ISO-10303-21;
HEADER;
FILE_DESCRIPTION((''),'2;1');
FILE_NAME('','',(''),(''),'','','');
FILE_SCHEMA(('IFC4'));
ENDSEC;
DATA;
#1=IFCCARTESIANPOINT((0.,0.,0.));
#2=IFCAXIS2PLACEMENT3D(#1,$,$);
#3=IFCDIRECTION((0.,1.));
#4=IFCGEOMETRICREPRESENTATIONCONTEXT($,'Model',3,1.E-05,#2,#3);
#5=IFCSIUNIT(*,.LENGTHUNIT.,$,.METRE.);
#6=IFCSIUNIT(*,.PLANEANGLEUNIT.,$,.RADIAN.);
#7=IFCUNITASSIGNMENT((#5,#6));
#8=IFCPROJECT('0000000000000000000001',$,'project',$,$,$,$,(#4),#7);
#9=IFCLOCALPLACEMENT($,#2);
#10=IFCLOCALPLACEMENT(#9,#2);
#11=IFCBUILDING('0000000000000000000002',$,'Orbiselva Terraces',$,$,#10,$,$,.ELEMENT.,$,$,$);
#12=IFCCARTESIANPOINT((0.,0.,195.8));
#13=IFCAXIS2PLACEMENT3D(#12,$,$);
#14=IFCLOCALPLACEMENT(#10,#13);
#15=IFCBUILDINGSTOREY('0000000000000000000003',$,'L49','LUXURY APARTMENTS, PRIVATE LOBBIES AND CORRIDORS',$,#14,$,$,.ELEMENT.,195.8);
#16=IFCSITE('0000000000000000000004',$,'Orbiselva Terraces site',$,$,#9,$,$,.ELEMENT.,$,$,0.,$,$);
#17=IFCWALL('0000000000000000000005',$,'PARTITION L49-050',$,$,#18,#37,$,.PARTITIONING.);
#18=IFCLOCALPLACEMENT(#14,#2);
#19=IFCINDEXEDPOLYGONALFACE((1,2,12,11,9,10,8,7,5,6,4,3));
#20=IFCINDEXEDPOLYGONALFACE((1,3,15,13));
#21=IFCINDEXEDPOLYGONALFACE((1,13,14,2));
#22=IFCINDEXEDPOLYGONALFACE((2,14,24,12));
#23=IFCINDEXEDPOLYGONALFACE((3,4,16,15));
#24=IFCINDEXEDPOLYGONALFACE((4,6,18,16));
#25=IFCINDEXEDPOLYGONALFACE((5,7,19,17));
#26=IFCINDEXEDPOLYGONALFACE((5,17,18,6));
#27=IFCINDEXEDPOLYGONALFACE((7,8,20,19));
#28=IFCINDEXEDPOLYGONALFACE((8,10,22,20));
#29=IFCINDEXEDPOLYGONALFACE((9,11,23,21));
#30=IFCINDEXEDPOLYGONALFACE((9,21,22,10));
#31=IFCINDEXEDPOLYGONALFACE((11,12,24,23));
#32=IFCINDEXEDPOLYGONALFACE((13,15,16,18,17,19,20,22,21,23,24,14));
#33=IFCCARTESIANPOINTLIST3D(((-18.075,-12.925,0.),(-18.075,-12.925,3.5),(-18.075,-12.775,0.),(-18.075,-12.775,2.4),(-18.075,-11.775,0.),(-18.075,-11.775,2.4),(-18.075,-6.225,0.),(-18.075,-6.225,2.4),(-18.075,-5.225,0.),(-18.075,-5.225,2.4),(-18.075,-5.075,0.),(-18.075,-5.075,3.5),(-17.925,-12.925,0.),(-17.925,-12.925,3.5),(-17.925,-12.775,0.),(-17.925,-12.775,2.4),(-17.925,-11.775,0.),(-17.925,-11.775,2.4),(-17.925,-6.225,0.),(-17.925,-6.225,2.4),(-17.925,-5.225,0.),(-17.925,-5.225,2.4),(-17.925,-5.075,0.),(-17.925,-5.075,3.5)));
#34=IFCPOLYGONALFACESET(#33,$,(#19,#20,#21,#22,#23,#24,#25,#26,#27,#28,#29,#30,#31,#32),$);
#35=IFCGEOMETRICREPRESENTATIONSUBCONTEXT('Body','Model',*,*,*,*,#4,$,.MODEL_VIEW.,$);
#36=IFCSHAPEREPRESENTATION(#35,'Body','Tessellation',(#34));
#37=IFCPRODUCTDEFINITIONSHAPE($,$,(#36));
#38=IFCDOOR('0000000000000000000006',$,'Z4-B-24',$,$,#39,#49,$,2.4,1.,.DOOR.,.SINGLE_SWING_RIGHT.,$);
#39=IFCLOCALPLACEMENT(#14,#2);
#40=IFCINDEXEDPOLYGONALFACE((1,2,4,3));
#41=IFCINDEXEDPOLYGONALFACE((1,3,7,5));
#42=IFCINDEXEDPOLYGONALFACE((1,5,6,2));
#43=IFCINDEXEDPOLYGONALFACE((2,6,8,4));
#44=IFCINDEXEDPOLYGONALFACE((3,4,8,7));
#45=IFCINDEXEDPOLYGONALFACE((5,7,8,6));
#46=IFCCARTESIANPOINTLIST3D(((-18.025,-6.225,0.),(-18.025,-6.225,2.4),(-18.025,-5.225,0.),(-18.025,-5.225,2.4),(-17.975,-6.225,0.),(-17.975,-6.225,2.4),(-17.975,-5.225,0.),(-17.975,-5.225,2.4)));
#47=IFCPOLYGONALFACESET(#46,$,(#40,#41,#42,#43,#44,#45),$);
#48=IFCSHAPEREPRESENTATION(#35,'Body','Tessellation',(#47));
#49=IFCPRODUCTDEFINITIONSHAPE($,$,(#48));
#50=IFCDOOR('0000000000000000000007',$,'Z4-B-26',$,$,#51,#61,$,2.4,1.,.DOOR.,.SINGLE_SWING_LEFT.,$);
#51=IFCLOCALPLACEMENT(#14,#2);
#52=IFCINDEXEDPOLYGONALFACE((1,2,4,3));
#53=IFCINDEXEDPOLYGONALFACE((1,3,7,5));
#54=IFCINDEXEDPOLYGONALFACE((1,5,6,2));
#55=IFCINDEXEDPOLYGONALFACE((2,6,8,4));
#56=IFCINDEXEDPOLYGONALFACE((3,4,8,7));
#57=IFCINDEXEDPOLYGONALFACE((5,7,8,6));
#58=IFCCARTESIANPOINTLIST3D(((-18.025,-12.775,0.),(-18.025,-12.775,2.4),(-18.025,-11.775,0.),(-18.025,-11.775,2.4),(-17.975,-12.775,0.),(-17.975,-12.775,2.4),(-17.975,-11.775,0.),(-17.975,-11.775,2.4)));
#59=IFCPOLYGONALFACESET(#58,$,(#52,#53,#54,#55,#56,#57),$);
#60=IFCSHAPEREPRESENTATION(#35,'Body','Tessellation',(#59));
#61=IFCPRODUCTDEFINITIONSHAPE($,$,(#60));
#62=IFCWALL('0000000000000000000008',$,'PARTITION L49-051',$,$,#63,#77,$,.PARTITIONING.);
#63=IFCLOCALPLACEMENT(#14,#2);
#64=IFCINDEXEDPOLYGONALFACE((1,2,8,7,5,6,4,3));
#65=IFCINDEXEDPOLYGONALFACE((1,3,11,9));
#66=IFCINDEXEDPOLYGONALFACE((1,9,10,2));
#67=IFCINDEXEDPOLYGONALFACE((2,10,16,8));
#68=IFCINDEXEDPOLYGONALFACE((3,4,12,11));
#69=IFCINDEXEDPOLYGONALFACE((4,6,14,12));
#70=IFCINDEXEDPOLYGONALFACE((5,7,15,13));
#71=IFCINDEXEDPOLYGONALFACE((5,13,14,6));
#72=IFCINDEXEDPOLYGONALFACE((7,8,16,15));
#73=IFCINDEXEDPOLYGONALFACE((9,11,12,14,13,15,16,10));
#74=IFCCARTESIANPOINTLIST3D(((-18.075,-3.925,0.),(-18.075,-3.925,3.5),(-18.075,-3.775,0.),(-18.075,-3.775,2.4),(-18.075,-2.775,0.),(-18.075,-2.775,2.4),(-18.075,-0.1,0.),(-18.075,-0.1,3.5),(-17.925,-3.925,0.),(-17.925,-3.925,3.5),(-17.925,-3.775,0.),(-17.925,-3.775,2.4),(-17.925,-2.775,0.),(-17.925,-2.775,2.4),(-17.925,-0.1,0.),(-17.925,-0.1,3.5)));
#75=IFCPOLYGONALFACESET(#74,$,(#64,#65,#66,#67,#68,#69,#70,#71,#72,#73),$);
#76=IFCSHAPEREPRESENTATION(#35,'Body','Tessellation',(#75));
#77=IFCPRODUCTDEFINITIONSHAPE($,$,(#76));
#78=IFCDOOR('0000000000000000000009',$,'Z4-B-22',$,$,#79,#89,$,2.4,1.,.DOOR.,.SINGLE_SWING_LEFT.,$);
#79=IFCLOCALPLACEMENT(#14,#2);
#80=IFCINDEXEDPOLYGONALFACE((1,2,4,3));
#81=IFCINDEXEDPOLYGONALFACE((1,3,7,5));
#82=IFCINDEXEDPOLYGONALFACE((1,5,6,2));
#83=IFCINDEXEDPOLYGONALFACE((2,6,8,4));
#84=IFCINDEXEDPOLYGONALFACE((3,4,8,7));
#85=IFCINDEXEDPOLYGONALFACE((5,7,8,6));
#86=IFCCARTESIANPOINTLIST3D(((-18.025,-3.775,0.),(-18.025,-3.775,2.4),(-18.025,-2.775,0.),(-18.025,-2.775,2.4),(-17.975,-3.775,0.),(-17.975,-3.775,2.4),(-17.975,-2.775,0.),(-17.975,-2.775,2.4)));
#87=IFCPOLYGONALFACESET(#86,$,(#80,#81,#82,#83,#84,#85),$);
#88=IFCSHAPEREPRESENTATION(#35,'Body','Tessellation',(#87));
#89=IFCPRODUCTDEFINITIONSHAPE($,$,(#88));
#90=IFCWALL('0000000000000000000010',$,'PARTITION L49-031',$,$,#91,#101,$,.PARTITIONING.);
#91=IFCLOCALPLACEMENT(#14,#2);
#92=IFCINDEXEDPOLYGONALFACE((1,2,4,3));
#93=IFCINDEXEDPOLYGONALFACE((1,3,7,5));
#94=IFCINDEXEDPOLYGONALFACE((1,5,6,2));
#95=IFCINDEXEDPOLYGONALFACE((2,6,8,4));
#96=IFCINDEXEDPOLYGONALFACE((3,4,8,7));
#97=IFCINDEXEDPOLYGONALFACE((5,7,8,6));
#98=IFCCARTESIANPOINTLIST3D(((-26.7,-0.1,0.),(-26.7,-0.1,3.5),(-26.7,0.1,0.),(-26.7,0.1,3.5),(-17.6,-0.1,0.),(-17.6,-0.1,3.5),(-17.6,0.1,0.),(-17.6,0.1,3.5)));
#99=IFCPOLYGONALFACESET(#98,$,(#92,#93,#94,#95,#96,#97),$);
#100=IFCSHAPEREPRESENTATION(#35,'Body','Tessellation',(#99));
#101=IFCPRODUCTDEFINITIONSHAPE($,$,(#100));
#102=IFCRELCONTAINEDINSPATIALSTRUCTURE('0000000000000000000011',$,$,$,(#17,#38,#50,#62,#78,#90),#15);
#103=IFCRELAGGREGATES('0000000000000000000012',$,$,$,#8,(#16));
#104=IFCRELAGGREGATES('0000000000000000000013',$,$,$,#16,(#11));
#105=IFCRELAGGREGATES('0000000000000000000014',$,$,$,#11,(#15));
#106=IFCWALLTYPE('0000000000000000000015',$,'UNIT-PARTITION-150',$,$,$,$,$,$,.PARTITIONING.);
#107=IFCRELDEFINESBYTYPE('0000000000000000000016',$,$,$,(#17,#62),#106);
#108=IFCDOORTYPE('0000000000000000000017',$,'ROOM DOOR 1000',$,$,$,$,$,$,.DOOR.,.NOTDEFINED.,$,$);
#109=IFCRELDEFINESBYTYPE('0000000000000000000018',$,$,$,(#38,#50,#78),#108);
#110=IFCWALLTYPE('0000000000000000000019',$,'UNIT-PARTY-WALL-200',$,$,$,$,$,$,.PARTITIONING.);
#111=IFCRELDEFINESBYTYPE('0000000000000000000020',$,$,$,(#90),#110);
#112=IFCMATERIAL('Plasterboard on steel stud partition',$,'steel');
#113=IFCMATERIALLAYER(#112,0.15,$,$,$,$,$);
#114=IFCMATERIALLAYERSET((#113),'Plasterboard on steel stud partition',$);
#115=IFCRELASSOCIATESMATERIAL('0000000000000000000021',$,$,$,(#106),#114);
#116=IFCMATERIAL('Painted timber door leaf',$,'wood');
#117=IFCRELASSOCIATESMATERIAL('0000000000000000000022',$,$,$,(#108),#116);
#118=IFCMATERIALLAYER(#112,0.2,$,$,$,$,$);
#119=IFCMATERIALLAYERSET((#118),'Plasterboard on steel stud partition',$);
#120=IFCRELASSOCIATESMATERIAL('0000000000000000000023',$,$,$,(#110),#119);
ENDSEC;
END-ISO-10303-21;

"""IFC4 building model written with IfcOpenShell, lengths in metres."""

from ifc_helpers import new_model, si_unit, direction, frame, frame_2d, origin, place, context, subcontext, project, spatial, rectangle, extrude, material, layer, layer_set, type_object, element, fill, save


model = new_model("IFC4")

# Units and contexts
model_context = context("Model", 3, precision=1e-05, world=origin(), true_north=direction((0.0, 1.0)))
body_context = subcontext(model_context, "Body", "Model", "MODEL_VIEW")
ifc_project = project(units=[si_unit("LENGTHUNIT", "METRE"), si_unit("PLANEANGLEUNIT", "RADIAN")], contexts=[model_context])

# Site, building, storey
site_placement = place(None, origin())
site = spatial("IfcSite", under=ifc_project, at=site_placement, Name="Orbiselva Terraces site", CompositionType="ELEMENT", RefElevation=0.0)
building_placement = place(site_placement, origin())
building = spatial("IfcBuilding", under=site, at=building_placement, Name="Orbiselva Terraces", CompositionType="ELEMENT")
storey_placement = place(building_placement, frame((0.0, 0.0, 195.8)))
storey = spatial("IfcBuildingStorey", under=building, at=storey_placement, Name="L49", Description="LUXURY APARTMENTS, PRIVATE LOBBIES AND CORRIDORS", CompositionType="ELEMENT", Elevation=195.8)

# Shared definitions
ifc_material_1 = material(Name="Plasterboard on steel stud partition", Category="steel")
ifc_layer_1 = layer(ifc_material_1, 0.15)
ifc_layer_set_1 = layer_set([ifc_layer_1], Name="Plasterboard on steel stud partition")
wall_type_1 = type_object("IfcWallType", Name="UNIT-PARTITION-150", PredefinedType="PARTITIONING", material=ifc_layer_set_1)

# Shared definitions
ifc_material_2 = material(Name="Painted timber door leaf", Category="wood")

# Wall, openings, doors
wall_1_placement = place(storey_placement, frame((-18.0, -12.925, 0.0), z_axis=(0.0, 0.0, 1.0), x_axis=(0.0, 1.0, 0.0)))
wall_1 = element("IfcWall", 1, at=wall_1_placement, inside=storey, type_object=wall_type_1, Name="PARTITION L49-050", PredefinedType="PARTITIONING", context=body_context, shape_type="SweptSolid", body=[
    extrude(rectangle(XDim=7.85, YDim=0.15, at=frame_2d((3.925, 0.0))), origin(), (0.0, 0.0, 1.0), 3.5),
])
opening_1_placement = place(wall_1_placement, frame((6.7, 0.0, 0.0)))
opening_1 = element("IfcOpeningElement", 2, at=opening_1_placement, cuts=wall_1, PredefinedType="OPENING", context=body_context, shape_type="SweptSolid", body=[
    extrude(rectangle(XDim=1.0, YDim=2.4, at=frame_2d((0.5, 1.2))), frame((0.0, 0.085, 0.0), z_axis=(0.0, -1.0, 0.0), x_axis=(1.0, 0.0, 0.0)), (0.0, 0.0, 1.0), 0.17),
])
opening_2_placement = place(wall_1_placement, frame((0.15, 0.0, 0.0)))
opening_2 = element("IfcOpeningElement", 3, at=opening_2_placement, cuts=wall_1, PredefinedType="OPENING", context=body_context, shape_type="SweptSolid", body=[
    extrude(rectangle(XDim=1.0, YDim=2.4, at=frame_2d((0.5, 1.2))), frame((0.0, 0.085, 0.0), z_axis=(0.0, -1.0, 0.0), x_axis=(1.0, 0.0, 0.0)), (0.0, 0.0, 1.0), 0.17),
])
door_type_1 = type_object("IfcDoorType", Name="ROOM DOOR 1000", OperationType="NOTDEFINED", PredefinedType="DOOR", material=ifc_material_2)
door_1_placement = place(opening_1_placement, origin())
door_1 = element("IfcDoor", 4, at=door_1_placement, inside=storey, type_object=door_type_1, Name="Z4-B-24", OperationType="SINGLE_SWING_RIGHT", OverallHeight=2.4, OverallWidth=1.0, PredefinedType="DOOR", context=body_context, shape_type="SweptSolid", body=[
    extrude(rectangle(XDim=1.0, YDim=2.4, at=frame_2d((0.5, 1.2))), frame((0.0, 0.025, 0.0), z_axis=(0.0, -1.0, 0.0), x_axis=(1.0, 0.0, 0.0)), (0.0, 0.0, 1.0), 0.05),
])
fill(opening_1, door_1)
door_2_placement = place(opening_2_placement, origin())
door_2 = element("IfcDoor", 5, at=door_2_placement, inside=storey, type_object=door_type_1, Name="Z4-B-26", OperationType="SINGLE_SWING_LEFT", OverallHeight=2.4, OverallWidth=1.0, PredefinedType="DOOR", context=body_context, shape_type="SweptSolid", body=[
    extrude(rectangle(XDim=1.0, YDim=2.4, at=frame_2d((0.5, 1.2))), frame((0.0, 0.025, 0.0), z_axis=(0.0, -1.0, 0.0), x_axis=(1.0, 0.0, 0.0)), (0.0, 0.0, 1.0), 0.05),
])
fill(opening_2, door_2)

# Wall, opening, door
wall_2_placement = place(storey_placement, frame((-18.0, -3.925, 0.0), z_axis=(0.0, 0.0, 1.0), x_axis=(0.0, 1.0, 0.0)))
wall_2 = element("IfcWall", 6, at=wall_2_placement, inside=storey, type_object=wall_type_1, Name="PARTITION L49-051", PredefinedType="PARTITIONING", context=body_context, shape_type="SweptSolid", body=[
    extrude(rectangle(XDim=3.825, YDim=0.15, at=frame_2d((1.9125, 0.0))), origin(), (0.0, 0.0, 1.0), 3.5),
])
opening_3_placement = place(wall_2_placement, frame((0.15, 0.0, 0.0)))
opening_3 = element("IfcOpeningElement", 7, at=opening_3_placement, cuts=wall_2, PredefinedType="OPENING", context=body_context, shape_type="SweptSolid", body=[
    extrude(rectangle(XDim=1.0, YDim=2.4, at=frame_2d((0.5, 1.2))), frame((0.0, 0.085, 0.0), z_axis=(0.0, -1.0, 0.0), x_axis=(1.0, 0.0, 0.0)), (0.0, 0.0, 1.0), 0.17),
])
door_3_placement = place(opening_3_placement, origin())
door_3 = element("IfcDoor", 8, at=door_3_placement, inside=storey, type_object=door_type_1, Name="Z4-B-22", OperationType="SINGLE_SWING_LEFT", OverallHeight=2.4, OverallWidth=1.0, PredefinedType="DOOR", context=body_context, shape_type="SweptSolid", body=[
    extrude(rectangle(XDim=1.0, YDim=2.4, at=frame_2d((0.5, 1.2))), frame((0.0, 0.025, 0.0), z_axis=(0.0, -1.0, 0.0), x_axis=(1.0, 0.0, 0.0)), (0.0, 0.0, 1.0), 0.05),
])
fill(opening_3, door_3)

# Wall
ifc_layer_2 = layer(ifc_material_1, 0.2)
ifc_layer_set_2 = layer_set([ifc_layer_2], Name="Plasterboard on steel stud partition")
wall_type_2 = type_object("IfcWallType", Name="UNIT-PARTY-WALL-200", PredefinedType="PARTITIONING", material=ifc_layer_set_2)
wall_3_placement = place(storey_placement, frame((-26.7, 0.0, 0.0), z_axis=(0.0, 0.0, 1.0), x_axis=(1.0, 0.0, 0.0)))
element("IfcWall", 9, at=wall_3_placement, inside=storey, type_object=wall_type_2, Name="PARTITION L49-031", PredefinedType="PARTITIONING", context=body_context, shape_type="SweptSolid", body=[
    extrude(rectangle(XDim=9.1, YDim=0.2, at=frame_2d((4.55, 0.0))), origin(), (0.0, 0.0, 1.0), 3.5),
])

save(model, "model.ifc")
